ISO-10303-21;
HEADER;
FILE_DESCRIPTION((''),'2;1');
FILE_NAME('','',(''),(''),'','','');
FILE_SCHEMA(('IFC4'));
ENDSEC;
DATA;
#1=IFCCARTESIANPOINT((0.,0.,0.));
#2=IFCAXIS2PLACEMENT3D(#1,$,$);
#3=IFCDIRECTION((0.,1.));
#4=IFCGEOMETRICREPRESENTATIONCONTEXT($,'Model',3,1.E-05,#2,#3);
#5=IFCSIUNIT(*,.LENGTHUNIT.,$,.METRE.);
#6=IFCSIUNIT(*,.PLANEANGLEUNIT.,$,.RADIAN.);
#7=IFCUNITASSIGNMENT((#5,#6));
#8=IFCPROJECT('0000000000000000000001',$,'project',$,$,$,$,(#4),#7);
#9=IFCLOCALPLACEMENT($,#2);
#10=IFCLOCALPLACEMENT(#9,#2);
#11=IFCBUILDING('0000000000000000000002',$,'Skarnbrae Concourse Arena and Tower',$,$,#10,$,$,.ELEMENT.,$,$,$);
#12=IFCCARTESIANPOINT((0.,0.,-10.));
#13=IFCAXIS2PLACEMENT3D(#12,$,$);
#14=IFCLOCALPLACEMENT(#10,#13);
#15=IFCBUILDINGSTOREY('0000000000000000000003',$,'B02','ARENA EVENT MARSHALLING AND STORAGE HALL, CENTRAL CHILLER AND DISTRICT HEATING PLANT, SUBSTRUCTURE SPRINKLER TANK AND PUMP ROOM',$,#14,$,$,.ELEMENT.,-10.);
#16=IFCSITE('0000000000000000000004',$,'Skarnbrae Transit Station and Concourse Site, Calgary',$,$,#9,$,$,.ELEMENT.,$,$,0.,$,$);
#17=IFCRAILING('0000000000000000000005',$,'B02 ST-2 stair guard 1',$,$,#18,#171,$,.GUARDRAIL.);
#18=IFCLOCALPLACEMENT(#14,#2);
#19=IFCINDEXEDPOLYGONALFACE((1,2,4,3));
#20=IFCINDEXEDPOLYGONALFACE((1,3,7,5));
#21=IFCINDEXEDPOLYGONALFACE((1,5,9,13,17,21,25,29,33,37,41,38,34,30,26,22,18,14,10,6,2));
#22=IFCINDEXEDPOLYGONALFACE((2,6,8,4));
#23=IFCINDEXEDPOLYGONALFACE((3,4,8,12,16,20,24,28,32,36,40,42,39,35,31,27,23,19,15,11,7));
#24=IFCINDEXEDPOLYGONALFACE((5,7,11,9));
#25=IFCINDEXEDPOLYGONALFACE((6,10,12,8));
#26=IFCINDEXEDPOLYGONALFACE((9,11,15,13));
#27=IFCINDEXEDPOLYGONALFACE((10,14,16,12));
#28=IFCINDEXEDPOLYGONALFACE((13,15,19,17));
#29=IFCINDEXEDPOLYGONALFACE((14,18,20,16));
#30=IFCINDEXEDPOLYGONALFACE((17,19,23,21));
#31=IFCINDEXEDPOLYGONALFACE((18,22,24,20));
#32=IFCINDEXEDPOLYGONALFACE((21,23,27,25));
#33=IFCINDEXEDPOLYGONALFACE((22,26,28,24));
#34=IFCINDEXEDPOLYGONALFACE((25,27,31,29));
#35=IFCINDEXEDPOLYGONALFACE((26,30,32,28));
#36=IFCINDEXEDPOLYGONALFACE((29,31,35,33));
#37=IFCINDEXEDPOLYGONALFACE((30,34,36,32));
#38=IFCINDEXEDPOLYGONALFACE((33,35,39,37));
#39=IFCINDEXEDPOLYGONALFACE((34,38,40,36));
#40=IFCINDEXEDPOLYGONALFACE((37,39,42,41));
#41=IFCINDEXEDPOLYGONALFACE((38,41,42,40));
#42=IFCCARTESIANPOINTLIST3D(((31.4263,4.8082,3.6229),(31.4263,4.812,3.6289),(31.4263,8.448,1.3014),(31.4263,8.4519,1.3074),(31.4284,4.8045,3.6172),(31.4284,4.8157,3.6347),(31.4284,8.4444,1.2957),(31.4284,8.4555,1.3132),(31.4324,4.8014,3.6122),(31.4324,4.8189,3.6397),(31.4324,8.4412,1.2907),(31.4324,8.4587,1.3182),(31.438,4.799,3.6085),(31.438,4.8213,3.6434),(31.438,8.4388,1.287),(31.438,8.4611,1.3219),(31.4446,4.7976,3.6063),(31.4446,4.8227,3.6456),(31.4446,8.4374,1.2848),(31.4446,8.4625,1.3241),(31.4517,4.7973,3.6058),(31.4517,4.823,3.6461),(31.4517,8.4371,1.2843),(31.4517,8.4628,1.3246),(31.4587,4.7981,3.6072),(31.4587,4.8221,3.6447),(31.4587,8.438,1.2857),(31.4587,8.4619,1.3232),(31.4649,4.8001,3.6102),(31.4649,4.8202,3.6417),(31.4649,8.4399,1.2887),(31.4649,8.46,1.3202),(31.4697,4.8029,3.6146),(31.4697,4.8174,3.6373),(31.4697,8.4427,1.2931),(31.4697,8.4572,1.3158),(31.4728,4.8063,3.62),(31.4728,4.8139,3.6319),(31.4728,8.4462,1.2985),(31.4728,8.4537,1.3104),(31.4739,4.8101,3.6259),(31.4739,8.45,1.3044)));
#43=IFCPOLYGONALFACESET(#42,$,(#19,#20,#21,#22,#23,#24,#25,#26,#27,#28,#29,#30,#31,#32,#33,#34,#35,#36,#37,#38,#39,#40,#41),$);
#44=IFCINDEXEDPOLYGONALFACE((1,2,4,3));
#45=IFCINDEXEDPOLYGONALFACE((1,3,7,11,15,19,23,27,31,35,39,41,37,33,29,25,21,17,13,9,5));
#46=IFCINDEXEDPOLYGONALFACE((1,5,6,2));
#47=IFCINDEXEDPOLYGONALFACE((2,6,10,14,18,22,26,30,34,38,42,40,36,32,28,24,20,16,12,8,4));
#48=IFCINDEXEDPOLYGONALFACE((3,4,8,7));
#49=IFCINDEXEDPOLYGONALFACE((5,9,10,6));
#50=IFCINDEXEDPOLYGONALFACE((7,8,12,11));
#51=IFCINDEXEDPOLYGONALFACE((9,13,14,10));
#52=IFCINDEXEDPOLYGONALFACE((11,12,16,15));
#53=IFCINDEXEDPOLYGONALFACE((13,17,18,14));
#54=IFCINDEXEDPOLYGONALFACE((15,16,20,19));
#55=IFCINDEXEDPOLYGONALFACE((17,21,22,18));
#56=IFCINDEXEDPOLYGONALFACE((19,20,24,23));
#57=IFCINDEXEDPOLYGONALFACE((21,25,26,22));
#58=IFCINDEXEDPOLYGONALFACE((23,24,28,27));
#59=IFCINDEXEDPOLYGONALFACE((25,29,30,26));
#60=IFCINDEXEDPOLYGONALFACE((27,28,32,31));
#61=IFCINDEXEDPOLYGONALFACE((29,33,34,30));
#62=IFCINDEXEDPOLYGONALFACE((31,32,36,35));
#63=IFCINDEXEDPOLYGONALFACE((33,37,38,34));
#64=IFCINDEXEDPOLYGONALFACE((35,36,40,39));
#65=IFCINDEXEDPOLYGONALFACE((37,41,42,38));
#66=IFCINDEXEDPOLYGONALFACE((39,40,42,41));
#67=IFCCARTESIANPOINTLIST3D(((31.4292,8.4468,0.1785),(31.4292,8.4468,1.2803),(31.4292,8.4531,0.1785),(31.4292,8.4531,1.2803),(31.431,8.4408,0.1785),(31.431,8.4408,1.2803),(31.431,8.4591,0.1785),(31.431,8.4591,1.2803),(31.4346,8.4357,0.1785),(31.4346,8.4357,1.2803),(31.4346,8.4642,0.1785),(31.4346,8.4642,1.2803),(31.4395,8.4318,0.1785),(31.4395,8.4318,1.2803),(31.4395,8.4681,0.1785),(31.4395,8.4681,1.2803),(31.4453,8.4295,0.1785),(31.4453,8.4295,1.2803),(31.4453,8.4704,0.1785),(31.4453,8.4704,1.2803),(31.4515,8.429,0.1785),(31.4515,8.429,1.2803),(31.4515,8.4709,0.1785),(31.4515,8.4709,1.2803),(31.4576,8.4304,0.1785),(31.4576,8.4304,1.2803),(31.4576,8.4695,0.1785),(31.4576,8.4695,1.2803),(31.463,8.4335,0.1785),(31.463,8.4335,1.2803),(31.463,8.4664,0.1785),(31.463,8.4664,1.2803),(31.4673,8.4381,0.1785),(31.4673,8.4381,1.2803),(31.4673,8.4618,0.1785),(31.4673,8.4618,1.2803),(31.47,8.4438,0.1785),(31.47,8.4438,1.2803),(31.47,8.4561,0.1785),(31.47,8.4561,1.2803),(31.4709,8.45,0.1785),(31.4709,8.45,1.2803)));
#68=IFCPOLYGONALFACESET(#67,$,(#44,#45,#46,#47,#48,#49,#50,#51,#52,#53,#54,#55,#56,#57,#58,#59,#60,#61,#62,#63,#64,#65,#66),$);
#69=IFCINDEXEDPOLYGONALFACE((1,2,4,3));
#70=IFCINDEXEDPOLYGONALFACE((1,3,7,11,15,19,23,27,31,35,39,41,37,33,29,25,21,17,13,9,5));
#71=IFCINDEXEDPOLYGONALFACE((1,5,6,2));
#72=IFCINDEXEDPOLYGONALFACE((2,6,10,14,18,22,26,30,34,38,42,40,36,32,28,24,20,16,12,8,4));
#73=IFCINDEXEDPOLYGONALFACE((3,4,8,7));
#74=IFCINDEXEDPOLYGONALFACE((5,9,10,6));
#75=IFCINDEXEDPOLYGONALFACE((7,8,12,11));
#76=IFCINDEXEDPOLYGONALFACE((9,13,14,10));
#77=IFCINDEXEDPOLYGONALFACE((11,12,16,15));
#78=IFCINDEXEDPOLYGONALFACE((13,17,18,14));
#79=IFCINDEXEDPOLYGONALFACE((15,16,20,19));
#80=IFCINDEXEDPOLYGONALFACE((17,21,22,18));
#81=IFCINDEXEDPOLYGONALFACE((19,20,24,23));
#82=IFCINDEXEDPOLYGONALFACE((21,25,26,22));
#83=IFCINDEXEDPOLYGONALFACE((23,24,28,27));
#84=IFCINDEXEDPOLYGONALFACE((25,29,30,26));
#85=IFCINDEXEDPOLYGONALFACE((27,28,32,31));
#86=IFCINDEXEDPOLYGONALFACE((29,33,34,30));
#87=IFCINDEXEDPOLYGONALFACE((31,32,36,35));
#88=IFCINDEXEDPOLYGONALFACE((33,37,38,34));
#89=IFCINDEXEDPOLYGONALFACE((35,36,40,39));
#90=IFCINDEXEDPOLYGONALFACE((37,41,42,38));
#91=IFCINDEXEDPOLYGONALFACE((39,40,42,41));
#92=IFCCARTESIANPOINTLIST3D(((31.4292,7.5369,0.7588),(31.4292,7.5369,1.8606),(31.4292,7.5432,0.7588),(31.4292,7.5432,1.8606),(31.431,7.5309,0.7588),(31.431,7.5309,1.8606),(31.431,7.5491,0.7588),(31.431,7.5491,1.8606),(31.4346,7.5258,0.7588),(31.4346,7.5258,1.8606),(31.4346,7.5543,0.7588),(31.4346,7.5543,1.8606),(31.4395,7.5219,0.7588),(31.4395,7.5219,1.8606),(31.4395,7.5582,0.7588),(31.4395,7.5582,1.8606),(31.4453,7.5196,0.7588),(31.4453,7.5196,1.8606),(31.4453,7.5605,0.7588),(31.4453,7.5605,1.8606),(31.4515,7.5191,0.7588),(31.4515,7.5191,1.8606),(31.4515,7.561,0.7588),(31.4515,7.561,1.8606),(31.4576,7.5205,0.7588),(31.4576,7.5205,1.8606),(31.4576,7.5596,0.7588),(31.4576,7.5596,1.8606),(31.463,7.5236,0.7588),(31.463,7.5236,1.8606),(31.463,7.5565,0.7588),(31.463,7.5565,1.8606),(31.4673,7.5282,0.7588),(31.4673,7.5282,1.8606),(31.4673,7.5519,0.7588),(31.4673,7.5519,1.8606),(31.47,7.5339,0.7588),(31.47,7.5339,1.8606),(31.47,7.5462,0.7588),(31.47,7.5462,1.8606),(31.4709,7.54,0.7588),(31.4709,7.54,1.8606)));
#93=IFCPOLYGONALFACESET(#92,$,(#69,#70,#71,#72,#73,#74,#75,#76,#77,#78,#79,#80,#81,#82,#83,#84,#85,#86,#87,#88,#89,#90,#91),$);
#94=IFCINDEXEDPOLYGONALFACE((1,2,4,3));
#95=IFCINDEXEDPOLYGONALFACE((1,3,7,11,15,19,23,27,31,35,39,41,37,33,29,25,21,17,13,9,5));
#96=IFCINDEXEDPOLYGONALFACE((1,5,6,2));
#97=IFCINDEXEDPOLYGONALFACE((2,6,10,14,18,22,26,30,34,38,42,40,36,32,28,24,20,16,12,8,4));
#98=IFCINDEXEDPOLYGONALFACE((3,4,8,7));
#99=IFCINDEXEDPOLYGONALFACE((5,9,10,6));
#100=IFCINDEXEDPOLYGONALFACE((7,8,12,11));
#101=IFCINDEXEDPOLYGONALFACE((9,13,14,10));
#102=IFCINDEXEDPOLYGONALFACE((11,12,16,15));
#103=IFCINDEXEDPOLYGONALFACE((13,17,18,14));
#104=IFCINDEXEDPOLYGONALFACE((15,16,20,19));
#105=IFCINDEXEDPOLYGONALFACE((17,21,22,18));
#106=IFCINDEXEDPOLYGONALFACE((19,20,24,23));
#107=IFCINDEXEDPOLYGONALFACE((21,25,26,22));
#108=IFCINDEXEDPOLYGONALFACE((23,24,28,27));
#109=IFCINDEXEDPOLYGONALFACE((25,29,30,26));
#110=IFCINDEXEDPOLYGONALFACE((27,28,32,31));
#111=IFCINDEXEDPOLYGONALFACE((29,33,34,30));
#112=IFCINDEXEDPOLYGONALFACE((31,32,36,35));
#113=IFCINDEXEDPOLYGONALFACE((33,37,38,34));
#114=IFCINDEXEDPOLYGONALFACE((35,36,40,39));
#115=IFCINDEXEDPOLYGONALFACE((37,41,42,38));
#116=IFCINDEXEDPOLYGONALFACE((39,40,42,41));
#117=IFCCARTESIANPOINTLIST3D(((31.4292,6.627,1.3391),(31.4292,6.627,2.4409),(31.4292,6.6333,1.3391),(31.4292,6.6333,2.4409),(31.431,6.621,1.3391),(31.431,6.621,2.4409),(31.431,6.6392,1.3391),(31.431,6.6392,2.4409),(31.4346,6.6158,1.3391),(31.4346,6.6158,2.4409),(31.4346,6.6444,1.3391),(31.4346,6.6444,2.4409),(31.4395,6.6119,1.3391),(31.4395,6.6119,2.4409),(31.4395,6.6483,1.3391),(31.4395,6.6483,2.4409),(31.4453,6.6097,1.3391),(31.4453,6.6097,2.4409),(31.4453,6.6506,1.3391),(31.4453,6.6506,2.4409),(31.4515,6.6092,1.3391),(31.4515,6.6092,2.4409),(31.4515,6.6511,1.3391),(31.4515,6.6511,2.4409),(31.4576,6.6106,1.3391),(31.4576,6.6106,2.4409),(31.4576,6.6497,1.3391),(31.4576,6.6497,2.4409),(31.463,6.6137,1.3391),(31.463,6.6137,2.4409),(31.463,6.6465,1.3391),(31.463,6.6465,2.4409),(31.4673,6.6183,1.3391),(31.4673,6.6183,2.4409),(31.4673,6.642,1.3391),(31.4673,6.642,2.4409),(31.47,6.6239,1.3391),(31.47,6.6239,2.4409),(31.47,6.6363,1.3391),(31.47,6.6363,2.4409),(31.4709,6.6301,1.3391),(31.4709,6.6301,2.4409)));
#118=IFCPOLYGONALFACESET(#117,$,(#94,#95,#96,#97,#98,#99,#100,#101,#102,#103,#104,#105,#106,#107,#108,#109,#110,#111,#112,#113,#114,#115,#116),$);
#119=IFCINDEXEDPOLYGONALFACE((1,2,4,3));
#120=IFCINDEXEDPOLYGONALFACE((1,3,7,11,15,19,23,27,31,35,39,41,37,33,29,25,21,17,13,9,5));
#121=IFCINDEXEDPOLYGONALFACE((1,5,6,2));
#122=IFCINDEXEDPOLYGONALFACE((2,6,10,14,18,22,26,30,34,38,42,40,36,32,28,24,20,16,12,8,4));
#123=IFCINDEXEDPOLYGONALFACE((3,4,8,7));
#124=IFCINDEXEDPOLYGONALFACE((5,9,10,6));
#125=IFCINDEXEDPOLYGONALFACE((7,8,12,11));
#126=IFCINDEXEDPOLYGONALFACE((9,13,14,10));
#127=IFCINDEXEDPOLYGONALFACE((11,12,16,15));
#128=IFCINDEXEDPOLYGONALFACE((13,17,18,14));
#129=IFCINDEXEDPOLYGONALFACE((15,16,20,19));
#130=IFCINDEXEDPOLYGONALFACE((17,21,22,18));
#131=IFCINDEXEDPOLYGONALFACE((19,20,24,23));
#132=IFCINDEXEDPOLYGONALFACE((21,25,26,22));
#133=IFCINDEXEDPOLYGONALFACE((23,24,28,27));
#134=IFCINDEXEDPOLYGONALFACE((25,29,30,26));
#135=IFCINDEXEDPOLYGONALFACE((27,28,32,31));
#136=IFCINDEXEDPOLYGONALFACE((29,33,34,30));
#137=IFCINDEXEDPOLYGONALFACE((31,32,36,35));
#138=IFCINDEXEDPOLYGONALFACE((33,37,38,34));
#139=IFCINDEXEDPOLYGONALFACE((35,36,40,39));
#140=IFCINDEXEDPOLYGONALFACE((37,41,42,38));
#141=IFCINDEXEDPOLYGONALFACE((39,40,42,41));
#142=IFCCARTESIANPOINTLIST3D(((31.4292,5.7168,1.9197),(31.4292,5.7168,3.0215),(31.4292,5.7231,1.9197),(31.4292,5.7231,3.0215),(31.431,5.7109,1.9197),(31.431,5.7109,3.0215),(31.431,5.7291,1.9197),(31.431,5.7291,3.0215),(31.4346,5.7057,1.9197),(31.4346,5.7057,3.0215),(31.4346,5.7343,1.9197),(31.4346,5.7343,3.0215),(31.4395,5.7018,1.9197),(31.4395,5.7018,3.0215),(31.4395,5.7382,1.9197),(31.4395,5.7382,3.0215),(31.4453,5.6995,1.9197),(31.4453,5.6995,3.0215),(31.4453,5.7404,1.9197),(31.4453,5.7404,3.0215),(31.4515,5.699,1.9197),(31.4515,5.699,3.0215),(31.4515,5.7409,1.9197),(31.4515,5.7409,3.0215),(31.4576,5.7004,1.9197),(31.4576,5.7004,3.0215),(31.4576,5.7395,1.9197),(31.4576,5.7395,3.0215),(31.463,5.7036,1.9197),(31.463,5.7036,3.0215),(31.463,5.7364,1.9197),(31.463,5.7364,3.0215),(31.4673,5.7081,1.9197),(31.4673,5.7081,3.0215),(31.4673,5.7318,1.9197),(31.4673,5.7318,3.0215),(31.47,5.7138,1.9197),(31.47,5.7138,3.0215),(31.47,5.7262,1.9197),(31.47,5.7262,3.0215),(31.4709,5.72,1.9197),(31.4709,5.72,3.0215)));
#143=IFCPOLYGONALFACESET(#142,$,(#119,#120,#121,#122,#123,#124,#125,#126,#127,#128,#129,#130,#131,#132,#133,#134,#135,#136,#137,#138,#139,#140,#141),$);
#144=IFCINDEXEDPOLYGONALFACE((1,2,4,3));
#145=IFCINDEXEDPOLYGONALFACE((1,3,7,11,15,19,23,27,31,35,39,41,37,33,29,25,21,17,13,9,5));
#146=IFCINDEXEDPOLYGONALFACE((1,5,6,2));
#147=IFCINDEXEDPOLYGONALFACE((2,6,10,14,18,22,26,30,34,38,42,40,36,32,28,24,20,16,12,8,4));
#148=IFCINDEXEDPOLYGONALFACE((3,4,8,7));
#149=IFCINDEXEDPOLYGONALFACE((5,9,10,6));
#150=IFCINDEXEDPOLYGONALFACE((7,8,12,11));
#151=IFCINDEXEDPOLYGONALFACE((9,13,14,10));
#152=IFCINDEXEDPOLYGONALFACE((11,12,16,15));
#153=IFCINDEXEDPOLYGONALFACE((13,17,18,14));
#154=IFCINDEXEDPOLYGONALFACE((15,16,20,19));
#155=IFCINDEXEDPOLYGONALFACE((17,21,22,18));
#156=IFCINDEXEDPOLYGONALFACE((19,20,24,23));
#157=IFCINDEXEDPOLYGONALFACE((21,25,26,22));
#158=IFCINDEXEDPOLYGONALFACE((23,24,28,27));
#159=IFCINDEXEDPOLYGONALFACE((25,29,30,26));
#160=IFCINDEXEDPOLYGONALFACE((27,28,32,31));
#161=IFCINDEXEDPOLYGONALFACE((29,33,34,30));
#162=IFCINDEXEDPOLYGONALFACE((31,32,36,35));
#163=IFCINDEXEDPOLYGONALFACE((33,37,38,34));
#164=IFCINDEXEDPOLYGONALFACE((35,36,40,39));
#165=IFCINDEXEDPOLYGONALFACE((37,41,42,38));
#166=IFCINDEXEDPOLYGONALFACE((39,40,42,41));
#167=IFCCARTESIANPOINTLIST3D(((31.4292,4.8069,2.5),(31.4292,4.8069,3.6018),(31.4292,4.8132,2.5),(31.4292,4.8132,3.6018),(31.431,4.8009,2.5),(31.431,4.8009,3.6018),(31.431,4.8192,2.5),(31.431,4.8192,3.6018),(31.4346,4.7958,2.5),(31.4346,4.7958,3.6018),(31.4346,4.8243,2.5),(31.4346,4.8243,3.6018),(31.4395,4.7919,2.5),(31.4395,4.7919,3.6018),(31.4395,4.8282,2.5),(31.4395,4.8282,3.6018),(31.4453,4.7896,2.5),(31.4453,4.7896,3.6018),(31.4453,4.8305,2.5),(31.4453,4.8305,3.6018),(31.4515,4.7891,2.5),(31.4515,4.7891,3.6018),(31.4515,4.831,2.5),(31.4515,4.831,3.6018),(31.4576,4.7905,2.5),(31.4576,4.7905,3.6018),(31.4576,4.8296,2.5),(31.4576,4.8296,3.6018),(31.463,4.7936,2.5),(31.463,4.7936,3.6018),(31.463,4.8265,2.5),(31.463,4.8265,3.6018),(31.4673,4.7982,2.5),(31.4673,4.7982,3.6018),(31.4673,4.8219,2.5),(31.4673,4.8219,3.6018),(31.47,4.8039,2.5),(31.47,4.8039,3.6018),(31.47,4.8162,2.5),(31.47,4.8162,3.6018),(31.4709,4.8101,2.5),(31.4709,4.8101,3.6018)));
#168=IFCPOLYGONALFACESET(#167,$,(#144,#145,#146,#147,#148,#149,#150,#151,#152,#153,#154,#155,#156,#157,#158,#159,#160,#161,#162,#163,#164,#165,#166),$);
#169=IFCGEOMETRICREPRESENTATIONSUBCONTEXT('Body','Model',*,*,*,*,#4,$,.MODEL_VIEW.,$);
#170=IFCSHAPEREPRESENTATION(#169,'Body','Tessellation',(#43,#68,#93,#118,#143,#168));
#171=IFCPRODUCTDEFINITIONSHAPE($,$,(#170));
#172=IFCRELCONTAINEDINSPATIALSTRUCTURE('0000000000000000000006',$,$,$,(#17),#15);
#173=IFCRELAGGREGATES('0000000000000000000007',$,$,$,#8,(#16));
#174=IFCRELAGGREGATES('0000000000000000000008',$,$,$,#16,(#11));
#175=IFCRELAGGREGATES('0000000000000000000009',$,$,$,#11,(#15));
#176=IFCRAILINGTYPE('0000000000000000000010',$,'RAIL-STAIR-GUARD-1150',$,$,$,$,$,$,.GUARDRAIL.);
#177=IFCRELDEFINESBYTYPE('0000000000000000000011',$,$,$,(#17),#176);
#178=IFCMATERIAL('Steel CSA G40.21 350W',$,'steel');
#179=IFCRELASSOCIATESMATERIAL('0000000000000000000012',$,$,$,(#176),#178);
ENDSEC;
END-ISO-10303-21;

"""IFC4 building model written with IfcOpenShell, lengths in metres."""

from ifc_helpers import new_model, si_unit, direction, frame, origin, origin_2d, place, context, subcontext, project, spatial, circle, extrude, material, type_object, element, save


model = new_model("IFC4")

# Units and contexts
model_context = context("Model", 3, precision=1e-05, world=origin(), true_north=direction((0.0, 1.0)))
body_context = subcontext(model_context, "Body", "Model", "MODEL_VIEW")
ifc_project = project(units=[si_unit("LENGTHUNIT", "METRE"), si_unit("PLANEANGLEUNIT", "RADIAN")], contexts=[model_context])

# Site, building, storey
site_placement = place(None, origin())
site = spatial("IfcSite", under=ifc_project, at=site_placement, Name="Skarnbrae Transit Station and Concourse Site, Calgary", CompositionType="ELEMENT", RefElevation=0.0)
building_placement = place(site_placement, origin())
building = spatial("IfcBuilding", under=site, at=building_placement, Name="Skarnbrae Concourse Arena and Tower", CompositionType="ELEMENT")
storey_placement = place(building_placement, frame((0.0, 0.0, -10.0)))
storey = spatial("IfcBuildingStorey", under=building, at=storey_placement, Name="B02", Description="ARENA EVENT MARSHALLING AND STORAGE HALL, CENTRAL CHILLER AND DISTRICT HEATING PLANT, SUBSTRUCTURE SPRINKLER TANK AND PUMP ROOM", CompositionType="ELEMENT", Elevation=-10.0)

# Shared definitions
ifc_material_1 = material(Name="Steel CSA G40.21 350W", Category="steel")

# Railing
railing_type_1 = type_object("IfcRailingType", Name="RAIL-STAIR-GUARD-1150", PredefinedType="GUARDRAIL", material=ifc_material_1)
railing_1_placement = place(storey_placement, frame((31.45, 8.45, 0.1785)))
element("IfcRailing", 1, at=railing_1_placement, inside=storey, type_object=railing_type_1, Name="B02 ST-2 stair guard 1", PredefinedType="GUARDRAIL", context=body_context, shape_type="SweptSolid", body=[
    extrude(circle(Radius=0.0239, at=origin_2d()), frame((0.0, 0.0, 1.126), z_axis=(0.0, -0.843112, 0.537739), x_axis=(1.0, 0.0, 0.0)), (0.0, 0.0, 1.0), 4.3171),
    extrude(circle(Radius=0.021, at=origin_2d()), origin(), (0.0, 0.0, 1.0), 1.1018),
    extrude(circle(Radius=0.021, at=origin_2d()), frame((0.0, -0.9099, 0.5803)), (0.0, 0.0, 1.0), 1.1018),
    extrude(circle(Radius=0.021, at=origin_2d()), frame((0.0, -1.8198, 1.1606)), (0.0, 0.0, 1.0), 1.1018),
    extrude(circle(Radius=0.021, at=origin_2d()), frame((0.0, -2.73, 1.7412)), (0.0, 0.0, 1.0), 1.1018),
    extrude(circle(Radius=0.021, at=origin_2d()), frame((0.0, -3.6399, 2.3215)), (0.0, 0.0, 1.0), 1.1018),
])

save(model, "model.ifc")
